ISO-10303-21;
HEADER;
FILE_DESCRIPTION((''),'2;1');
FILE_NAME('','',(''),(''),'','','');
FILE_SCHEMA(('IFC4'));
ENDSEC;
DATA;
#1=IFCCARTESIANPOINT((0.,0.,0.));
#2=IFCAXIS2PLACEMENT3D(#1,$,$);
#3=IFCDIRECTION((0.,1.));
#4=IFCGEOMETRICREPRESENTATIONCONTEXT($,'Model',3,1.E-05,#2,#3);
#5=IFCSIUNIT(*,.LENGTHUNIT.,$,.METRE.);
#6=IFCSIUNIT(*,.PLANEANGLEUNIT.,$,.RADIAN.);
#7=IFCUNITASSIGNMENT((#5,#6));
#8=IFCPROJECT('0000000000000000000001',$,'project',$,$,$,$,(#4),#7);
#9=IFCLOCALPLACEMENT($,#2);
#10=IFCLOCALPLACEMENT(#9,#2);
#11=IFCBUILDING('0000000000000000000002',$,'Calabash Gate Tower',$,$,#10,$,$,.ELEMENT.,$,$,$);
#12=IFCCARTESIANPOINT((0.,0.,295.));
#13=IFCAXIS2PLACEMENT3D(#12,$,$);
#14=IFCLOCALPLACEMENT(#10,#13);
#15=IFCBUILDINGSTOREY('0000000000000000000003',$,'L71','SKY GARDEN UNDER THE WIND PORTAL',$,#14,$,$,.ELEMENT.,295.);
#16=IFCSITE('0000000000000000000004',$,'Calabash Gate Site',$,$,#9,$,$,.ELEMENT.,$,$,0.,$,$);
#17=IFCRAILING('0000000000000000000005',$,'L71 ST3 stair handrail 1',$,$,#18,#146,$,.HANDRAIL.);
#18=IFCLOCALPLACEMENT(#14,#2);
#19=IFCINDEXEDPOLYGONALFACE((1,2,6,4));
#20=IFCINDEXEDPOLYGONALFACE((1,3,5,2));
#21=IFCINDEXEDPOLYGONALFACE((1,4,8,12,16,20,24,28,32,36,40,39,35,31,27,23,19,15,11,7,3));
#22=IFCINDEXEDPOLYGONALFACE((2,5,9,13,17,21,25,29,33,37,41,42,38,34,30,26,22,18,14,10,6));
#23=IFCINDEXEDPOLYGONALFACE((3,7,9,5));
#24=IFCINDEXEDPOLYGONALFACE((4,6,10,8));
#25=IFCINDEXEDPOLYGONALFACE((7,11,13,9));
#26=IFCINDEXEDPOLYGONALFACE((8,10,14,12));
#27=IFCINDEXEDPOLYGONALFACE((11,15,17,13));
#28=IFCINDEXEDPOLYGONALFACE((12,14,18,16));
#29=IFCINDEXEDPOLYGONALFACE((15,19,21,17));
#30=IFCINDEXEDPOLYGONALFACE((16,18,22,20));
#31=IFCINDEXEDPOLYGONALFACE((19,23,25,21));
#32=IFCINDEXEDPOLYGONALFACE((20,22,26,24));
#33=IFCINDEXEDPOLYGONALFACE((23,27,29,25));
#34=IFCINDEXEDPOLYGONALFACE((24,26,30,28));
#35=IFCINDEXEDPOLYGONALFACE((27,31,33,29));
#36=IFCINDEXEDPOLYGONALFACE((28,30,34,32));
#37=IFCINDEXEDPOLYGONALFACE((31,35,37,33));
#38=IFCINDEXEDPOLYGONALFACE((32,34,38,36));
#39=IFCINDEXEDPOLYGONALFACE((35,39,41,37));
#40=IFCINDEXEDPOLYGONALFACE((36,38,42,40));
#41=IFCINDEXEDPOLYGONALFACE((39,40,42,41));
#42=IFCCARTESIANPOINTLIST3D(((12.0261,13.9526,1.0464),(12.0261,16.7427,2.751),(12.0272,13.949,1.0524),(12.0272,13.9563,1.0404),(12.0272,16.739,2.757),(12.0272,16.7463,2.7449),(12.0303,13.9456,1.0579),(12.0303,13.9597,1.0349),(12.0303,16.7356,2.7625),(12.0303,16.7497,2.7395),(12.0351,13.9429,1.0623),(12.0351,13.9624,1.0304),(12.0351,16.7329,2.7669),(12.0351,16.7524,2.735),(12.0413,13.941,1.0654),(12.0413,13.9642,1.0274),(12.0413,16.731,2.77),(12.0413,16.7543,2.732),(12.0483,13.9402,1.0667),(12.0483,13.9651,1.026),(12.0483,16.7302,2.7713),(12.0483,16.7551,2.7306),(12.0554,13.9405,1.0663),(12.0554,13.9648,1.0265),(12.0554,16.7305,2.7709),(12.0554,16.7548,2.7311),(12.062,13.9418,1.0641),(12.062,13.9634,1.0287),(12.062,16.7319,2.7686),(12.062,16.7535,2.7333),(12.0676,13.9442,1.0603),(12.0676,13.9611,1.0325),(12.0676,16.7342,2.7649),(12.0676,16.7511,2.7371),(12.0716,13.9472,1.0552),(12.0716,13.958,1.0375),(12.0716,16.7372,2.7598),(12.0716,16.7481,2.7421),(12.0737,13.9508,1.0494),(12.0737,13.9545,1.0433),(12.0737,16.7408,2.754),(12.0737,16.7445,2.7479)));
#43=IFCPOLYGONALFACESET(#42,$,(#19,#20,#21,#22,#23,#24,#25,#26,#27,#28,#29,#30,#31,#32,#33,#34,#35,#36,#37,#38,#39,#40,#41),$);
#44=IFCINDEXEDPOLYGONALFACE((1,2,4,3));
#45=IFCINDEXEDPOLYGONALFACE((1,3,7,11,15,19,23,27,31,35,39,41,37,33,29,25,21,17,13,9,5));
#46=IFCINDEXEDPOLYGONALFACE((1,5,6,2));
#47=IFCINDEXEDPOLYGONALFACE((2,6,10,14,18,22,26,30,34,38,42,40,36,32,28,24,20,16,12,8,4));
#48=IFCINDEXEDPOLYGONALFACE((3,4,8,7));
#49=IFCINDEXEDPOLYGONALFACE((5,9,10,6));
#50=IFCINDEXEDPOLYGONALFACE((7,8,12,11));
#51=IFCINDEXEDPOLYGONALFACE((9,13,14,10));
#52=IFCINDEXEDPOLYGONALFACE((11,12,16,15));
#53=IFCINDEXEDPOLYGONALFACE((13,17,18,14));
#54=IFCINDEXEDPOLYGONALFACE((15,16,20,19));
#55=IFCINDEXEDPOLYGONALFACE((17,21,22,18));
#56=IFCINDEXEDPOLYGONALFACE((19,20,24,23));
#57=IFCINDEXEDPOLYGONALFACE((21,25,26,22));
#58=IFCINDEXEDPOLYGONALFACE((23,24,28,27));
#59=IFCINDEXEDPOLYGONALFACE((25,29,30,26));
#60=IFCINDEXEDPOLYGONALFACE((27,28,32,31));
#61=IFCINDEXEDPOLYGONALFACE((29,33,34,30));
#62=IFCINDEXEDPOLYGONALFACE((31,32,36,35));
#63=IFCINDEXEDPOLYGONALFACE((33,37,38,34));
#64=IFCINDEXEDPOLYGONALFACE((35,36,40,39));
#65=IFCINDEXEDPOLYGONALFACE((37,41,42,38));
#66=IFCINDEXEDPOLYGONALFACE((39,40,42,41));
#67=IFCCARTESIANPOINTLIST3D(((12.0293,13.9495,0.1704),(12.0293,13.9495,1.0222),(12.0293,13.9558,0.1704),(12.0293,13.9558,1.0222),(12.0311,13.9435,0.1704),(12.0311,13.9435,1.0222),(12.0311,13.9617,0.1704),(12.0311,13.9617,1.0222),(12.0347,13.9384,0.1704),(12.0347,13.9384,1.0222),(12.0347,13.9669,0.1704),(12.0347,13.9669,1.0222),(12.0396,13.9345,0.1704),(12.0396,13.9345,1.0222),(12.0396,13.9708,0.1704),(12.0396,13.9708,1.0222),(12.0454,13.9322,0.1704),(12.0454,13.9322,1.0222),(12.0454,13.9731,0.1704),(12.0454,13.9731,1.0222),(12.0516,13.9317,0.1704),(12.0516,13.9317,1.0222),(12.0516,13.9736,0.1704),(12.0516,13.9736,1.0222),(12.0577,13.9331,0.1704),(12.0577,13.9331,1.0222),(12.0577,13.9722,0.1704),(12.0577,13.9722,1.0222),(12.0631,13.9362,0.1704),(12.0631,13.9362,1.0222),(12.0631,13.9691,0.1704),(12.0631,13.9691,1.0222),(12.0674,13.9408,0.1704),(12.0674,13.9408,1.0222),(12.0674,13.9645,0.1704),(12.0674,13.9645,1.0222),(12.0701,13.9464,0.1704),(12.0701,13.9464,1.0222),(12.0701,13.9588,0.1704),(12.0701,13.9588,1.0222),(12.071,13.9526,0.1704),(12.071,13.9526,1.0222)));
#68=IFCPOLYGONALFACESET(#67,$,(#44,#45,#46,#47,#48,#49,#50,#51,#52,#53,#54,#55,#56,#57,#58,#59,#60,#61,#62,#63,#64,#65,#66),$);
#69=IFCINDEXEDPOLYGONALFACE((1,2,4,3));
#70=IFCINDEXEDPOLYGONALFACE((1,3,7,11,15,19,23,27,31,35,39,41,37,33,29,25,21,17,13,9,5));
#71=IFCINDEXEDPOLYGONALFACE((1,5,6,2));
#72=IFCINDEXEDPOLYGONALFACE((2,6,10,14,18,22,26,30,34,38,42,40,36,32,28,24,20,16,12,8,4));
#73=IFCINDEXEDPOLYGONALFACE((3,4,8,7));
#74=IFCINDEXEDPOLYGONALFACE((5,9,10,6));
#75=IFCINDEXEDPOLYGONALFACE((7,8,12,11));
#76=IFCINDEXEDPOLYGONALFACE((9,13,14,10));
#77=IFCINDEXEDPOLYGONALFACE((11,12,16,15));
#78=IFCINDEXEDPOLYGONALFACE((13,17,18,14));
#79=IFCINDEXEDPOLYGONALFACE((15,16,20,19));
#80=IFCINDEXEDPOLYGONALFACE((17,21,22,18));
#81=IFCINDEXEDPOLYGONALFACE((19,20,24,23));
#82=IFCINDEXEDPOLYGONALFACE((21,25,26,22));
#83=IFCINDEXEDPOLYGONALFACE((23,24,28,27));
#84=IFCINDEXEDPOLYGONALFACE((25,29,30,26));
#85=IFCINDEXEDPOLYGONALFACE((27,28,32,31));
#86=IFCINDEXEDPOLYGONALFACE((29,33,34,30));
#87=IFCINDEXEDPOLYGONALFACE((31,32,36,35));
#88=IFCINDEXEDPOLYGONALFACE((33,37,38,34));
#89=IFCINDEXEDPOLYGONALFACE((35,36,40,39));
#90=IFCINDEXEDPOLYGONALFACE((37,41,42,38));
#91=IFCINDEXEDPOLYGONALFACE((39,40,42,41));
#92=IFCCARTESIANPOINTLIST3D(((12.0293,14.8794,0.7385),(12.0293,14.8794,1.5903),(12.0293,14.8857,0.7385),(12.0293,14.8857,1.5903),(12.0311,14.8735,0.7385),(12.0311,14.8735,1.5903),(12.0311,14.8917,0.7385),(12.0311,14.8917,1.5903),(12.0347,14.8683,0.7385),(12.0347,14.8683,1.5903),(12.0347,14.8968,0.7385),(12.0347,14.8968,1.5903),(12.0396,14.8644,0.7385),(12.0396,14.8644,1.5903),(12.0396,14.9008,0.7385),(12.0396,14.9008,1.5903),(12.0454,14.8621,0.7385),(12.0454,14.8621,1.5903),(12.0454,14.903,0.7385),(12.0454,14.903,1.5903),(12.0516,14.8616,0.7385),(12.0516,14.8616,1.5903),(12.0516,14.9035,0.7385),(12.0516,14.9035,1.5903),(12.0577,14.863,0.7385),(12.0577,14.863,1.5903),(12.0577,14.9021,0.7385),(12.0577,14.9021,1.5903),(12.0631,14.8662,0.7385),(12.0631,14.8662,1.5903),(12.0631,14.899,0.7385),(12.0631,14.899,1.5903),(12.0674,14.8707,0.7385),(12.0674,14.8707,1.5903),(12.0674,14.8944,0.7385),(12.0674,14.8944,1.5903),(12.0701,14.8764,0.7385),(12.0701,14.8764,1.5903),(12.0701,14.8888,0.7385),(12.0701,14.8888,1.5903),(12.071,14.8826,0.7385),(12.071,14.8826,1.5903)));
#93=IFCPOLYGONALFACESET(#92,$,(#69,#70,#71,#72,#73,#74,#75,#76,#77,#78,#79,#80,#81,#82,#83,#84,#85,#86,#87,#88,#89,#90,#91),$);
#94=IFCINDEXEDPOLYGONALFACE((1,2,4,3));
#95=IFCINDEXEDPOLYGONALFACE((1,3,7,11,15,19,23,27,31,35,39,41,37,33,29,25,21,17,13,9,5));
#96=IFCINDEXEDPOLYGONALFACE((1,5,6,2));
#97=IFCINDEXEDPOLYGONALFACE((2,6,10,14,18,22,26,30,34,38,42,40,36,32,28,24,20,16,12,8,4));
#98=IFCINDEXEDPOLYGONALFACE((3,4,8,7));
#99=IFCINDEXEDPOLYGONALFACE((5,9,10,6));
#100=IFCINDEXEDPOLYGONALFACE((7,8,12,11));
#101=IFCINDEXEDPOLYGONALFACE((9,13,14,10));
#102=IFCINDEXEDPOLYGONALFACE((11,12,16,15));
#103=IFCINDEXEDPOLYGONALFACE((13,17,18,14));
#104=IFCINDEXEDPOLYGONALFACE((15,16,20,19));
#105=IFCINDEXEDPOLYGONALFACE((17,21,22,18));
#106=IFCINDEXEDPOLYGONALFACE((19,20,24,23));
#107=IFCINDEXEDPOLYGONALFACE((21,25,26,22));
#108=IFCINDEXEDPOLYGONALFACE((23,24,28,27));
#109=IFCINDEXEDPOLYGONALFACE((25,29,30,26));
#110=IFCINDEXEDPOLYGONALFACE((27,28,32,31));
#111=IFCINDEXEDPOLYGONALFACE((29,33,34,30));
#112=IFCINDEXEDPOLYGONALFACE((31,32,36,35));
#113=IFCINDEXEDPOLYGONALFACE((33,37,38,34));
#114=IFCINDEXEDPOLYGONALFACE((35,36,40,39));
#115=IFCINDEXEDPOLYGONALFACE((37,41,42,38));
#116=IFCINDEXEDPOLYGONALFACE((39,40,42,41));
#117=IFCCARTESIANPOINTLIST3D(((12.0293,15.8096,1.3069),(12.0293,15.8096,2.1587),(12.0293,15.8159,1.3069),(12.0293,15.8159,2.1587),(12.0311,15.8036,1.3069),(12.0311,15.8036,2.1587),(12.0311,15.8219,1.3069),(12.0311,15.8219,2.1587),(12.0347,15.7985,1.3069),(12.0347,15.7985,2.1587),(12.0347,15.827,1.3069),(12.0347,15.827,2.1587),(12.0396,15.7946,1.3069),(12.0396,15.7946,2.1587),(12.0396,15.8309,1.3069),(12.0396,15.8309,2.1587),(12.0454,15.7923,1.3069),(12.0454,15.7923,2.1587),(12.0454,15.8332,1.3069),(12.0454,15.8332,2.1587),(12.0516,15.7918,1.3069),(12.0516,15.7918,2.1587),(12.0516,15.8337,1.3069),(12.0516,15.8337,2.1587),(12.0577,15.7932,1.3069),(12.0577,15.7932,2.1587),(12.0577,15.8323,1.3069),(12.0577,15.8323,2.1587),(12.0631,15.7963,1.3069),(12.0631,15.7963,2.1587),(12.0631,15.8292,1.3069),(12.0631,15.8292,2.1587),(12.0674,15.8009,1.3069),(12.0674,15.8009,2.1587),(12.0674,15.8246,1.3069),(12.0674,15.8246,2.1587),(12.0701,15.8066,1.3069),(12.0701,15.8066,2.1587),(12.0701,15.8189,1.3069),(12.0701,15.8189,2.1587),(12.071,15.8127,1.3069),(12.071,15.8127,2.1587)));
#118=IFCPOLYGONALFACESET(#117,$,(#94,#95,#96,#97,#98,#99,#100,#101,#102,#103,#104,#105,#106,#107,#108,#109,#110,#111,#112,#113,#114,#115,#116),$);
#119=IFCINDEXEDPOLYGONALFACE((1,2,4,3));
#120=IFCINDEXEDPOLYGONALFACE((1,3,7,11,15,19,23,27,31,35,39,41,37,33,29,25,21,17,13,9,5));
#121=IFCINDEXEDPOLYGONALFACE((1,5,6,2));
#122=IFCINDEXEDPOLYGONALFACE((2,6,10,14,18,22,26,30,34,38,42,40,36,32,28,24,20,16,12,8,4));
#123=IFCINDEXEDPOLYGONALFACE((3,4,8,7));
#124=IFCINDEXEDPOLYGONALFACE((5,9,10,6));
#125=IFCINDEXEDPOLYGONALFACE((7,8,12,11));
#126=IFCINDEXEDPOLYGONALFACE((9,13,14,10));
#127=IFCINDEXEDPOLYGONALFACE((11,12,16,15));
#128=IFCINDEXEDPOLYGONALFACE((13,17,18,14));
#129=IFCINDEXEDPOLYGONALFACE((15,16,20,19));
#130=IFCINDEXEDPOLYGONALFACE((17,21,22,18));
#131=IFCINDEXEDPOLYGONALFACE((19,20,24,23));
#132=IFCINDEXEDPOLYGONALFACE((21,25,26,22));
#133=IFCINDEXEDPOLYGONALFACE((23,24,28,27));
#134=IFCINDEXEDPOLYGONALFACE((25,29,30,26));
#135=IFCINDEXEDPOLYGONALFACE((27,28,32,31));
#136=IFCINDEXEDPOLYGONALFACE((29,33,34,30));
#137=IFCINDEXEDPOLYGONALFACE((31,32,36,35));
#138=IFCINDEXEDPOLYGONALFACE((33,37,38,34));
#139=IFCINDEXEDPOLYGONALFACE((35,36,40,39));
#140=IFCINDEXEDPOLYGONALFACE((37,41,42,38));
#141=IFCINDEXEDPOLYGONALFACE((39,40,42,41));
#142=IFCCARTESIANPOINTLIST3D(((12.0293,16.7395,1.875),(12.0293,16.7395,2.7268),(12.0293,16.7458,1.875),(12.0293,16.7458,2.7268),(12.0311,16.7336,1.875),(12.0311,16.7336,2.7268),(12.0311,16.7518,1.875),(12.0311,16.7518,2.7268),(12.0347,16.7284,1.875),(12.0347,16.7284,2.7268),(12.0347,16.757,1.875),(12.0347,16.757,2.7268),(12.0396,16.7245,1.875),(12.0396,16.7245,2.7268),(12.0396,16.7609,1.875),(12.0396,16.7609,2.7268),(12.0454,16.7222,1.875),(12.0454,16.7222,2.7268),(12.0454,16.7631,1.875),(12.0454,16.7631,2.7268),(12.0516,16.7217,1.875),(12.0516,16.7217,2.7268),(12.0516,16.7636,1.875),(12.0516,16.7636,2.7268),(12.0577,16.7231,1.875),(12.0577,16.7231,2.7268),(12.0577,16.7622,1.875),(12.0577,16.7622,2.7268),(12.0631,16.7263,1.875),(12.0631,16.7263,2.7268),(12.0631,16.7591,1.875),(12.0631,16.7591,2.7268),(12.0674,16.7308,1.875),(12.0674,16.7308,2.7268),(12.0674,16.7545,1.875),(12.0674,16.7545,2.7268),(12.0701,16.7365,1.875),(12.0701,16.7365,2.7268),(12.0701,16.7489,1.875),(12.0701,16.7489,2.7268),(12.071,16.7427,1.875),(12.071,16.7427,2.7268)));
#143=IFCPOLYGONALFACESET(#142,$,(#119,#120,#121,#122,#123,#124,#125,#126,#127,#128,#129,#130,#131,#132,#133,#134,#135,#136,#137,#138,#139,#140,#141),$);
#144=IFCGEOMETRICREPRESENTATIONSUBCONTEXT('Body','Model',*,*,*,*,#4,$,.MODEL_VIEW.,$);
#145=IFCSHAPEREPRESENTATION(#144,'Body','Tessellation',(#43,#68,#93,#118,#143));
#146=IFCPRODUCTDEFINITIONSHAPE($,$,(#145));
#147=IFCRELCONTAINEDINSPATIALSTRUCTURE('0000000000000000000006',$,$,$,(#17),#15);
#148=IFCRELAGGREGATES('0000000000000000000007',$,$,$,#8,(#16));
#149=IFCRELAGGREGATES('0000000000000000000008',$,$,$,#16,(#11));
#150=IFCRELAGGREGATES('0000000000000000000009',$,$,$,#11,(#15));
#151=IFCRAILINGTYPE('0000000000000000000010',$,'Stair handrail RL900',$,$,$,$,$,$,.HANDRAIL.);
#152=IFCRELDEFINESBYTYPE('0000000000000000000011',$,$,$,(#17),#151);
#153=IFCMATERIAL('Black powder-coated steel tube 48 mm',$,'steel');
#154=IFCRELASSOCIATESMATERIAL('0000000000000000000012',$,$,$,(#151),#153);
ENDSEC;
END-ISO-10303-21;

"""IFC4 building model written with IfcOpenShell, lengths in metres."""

from ifc_helpers import new_model, si_unit, direction, frame, origin, origin_2d, place, context, subcontext, project, spatial, circle, extrude, material, type_object, element, save


model = new_model("IFC4")

# Units and contexts
model_context = context("Model", 3, precision=1e-05, world=origin(), true_north=direction((0.0, 1.0)))
body_context = subcontext(model_context, "Body", "Model", "MODEL_VIEW")
ifc_project = project(units=[si_unit("LENGTHUNIT", "METRE"), si_unit("PLANEANGLEUNIT", "RADIAN")], contexts=[model_context])

# Site, building, storey
site_placement = place(None, origin())
site = spatial("IfcSite", under=ifc_project, at=site_placement, Name="Calabash Gate Site", CompositionType="ELEMENT", RefElevation=0.0)
building_placement = place(site_placement, origin())
building = spatial("IfcBuilding", under=site, at=building_placement, Name="Calabash Gate Tower", CompositionType="ELEMENT")
storey_placement = place(building_placement, frame((0.0, 0.0, 295.0)))
storey = spatial("IfcBuildingStorey", under=building, at=storey_placement, Name="L71", Description="SKY GARDEN UNDER THE WIND PORTAL", CompositionType="ELEMENT", Elevation=295.0)

# Railing
ifc_material_1 = material(Name="Black powder-coated steel tube 48 mm", Category="steel")
railing_type_1 = type_object("IfcRailingType", Name="Stair handrail RL900", PredefinedType="HANDRAIL", material=ifc_material_1)
for number, where, name in (
    (1, (12.05, 13.9526, 0.1704), "L71 ST3 stair handrail 1"),
):
    element("IfcRailing", number, at=place(storey_placement, frame(where)), inside=storey, type_object=railing_type_1, Name=name, PredefinedType="HANDRAIL", context=body_context, shape_type="SweptSolid", body=[
        extrude(circle(Radius=0.0239, at=origin_2d()), frame((0.0, 0.0, 0.876), z_axis=(0.0, 0.853341, 0.521353), x_axis=(-1.0, 0.0, 0.0)), (0.0, 0.0, 1.0), 3.2695),
        extrude(circle(Radius=0.021, at=origin_2d()), origin(), (0.0, 0.0, 1.0), 0.8518),
        extrude(circle(Radius=0.021, at=origin_2d()), frame((0.0, 0.9299, 0.5681)), (0.0, 0.0, 1.0), 0.8518),
        extrude(circle(Radius=0.021, at=origin_2d()), frame((0.0, 1.8601, 1.1365)), (0.0, 0.0, 1.0), 0.8518),
        extrude(circle(Radius=0.021, at=origin_2d()), frame((0.0, 2.79, 1.7046)), (0.0, 0.0, 1.0), 0.8518),
    ])

save(model, "model.ifc")
